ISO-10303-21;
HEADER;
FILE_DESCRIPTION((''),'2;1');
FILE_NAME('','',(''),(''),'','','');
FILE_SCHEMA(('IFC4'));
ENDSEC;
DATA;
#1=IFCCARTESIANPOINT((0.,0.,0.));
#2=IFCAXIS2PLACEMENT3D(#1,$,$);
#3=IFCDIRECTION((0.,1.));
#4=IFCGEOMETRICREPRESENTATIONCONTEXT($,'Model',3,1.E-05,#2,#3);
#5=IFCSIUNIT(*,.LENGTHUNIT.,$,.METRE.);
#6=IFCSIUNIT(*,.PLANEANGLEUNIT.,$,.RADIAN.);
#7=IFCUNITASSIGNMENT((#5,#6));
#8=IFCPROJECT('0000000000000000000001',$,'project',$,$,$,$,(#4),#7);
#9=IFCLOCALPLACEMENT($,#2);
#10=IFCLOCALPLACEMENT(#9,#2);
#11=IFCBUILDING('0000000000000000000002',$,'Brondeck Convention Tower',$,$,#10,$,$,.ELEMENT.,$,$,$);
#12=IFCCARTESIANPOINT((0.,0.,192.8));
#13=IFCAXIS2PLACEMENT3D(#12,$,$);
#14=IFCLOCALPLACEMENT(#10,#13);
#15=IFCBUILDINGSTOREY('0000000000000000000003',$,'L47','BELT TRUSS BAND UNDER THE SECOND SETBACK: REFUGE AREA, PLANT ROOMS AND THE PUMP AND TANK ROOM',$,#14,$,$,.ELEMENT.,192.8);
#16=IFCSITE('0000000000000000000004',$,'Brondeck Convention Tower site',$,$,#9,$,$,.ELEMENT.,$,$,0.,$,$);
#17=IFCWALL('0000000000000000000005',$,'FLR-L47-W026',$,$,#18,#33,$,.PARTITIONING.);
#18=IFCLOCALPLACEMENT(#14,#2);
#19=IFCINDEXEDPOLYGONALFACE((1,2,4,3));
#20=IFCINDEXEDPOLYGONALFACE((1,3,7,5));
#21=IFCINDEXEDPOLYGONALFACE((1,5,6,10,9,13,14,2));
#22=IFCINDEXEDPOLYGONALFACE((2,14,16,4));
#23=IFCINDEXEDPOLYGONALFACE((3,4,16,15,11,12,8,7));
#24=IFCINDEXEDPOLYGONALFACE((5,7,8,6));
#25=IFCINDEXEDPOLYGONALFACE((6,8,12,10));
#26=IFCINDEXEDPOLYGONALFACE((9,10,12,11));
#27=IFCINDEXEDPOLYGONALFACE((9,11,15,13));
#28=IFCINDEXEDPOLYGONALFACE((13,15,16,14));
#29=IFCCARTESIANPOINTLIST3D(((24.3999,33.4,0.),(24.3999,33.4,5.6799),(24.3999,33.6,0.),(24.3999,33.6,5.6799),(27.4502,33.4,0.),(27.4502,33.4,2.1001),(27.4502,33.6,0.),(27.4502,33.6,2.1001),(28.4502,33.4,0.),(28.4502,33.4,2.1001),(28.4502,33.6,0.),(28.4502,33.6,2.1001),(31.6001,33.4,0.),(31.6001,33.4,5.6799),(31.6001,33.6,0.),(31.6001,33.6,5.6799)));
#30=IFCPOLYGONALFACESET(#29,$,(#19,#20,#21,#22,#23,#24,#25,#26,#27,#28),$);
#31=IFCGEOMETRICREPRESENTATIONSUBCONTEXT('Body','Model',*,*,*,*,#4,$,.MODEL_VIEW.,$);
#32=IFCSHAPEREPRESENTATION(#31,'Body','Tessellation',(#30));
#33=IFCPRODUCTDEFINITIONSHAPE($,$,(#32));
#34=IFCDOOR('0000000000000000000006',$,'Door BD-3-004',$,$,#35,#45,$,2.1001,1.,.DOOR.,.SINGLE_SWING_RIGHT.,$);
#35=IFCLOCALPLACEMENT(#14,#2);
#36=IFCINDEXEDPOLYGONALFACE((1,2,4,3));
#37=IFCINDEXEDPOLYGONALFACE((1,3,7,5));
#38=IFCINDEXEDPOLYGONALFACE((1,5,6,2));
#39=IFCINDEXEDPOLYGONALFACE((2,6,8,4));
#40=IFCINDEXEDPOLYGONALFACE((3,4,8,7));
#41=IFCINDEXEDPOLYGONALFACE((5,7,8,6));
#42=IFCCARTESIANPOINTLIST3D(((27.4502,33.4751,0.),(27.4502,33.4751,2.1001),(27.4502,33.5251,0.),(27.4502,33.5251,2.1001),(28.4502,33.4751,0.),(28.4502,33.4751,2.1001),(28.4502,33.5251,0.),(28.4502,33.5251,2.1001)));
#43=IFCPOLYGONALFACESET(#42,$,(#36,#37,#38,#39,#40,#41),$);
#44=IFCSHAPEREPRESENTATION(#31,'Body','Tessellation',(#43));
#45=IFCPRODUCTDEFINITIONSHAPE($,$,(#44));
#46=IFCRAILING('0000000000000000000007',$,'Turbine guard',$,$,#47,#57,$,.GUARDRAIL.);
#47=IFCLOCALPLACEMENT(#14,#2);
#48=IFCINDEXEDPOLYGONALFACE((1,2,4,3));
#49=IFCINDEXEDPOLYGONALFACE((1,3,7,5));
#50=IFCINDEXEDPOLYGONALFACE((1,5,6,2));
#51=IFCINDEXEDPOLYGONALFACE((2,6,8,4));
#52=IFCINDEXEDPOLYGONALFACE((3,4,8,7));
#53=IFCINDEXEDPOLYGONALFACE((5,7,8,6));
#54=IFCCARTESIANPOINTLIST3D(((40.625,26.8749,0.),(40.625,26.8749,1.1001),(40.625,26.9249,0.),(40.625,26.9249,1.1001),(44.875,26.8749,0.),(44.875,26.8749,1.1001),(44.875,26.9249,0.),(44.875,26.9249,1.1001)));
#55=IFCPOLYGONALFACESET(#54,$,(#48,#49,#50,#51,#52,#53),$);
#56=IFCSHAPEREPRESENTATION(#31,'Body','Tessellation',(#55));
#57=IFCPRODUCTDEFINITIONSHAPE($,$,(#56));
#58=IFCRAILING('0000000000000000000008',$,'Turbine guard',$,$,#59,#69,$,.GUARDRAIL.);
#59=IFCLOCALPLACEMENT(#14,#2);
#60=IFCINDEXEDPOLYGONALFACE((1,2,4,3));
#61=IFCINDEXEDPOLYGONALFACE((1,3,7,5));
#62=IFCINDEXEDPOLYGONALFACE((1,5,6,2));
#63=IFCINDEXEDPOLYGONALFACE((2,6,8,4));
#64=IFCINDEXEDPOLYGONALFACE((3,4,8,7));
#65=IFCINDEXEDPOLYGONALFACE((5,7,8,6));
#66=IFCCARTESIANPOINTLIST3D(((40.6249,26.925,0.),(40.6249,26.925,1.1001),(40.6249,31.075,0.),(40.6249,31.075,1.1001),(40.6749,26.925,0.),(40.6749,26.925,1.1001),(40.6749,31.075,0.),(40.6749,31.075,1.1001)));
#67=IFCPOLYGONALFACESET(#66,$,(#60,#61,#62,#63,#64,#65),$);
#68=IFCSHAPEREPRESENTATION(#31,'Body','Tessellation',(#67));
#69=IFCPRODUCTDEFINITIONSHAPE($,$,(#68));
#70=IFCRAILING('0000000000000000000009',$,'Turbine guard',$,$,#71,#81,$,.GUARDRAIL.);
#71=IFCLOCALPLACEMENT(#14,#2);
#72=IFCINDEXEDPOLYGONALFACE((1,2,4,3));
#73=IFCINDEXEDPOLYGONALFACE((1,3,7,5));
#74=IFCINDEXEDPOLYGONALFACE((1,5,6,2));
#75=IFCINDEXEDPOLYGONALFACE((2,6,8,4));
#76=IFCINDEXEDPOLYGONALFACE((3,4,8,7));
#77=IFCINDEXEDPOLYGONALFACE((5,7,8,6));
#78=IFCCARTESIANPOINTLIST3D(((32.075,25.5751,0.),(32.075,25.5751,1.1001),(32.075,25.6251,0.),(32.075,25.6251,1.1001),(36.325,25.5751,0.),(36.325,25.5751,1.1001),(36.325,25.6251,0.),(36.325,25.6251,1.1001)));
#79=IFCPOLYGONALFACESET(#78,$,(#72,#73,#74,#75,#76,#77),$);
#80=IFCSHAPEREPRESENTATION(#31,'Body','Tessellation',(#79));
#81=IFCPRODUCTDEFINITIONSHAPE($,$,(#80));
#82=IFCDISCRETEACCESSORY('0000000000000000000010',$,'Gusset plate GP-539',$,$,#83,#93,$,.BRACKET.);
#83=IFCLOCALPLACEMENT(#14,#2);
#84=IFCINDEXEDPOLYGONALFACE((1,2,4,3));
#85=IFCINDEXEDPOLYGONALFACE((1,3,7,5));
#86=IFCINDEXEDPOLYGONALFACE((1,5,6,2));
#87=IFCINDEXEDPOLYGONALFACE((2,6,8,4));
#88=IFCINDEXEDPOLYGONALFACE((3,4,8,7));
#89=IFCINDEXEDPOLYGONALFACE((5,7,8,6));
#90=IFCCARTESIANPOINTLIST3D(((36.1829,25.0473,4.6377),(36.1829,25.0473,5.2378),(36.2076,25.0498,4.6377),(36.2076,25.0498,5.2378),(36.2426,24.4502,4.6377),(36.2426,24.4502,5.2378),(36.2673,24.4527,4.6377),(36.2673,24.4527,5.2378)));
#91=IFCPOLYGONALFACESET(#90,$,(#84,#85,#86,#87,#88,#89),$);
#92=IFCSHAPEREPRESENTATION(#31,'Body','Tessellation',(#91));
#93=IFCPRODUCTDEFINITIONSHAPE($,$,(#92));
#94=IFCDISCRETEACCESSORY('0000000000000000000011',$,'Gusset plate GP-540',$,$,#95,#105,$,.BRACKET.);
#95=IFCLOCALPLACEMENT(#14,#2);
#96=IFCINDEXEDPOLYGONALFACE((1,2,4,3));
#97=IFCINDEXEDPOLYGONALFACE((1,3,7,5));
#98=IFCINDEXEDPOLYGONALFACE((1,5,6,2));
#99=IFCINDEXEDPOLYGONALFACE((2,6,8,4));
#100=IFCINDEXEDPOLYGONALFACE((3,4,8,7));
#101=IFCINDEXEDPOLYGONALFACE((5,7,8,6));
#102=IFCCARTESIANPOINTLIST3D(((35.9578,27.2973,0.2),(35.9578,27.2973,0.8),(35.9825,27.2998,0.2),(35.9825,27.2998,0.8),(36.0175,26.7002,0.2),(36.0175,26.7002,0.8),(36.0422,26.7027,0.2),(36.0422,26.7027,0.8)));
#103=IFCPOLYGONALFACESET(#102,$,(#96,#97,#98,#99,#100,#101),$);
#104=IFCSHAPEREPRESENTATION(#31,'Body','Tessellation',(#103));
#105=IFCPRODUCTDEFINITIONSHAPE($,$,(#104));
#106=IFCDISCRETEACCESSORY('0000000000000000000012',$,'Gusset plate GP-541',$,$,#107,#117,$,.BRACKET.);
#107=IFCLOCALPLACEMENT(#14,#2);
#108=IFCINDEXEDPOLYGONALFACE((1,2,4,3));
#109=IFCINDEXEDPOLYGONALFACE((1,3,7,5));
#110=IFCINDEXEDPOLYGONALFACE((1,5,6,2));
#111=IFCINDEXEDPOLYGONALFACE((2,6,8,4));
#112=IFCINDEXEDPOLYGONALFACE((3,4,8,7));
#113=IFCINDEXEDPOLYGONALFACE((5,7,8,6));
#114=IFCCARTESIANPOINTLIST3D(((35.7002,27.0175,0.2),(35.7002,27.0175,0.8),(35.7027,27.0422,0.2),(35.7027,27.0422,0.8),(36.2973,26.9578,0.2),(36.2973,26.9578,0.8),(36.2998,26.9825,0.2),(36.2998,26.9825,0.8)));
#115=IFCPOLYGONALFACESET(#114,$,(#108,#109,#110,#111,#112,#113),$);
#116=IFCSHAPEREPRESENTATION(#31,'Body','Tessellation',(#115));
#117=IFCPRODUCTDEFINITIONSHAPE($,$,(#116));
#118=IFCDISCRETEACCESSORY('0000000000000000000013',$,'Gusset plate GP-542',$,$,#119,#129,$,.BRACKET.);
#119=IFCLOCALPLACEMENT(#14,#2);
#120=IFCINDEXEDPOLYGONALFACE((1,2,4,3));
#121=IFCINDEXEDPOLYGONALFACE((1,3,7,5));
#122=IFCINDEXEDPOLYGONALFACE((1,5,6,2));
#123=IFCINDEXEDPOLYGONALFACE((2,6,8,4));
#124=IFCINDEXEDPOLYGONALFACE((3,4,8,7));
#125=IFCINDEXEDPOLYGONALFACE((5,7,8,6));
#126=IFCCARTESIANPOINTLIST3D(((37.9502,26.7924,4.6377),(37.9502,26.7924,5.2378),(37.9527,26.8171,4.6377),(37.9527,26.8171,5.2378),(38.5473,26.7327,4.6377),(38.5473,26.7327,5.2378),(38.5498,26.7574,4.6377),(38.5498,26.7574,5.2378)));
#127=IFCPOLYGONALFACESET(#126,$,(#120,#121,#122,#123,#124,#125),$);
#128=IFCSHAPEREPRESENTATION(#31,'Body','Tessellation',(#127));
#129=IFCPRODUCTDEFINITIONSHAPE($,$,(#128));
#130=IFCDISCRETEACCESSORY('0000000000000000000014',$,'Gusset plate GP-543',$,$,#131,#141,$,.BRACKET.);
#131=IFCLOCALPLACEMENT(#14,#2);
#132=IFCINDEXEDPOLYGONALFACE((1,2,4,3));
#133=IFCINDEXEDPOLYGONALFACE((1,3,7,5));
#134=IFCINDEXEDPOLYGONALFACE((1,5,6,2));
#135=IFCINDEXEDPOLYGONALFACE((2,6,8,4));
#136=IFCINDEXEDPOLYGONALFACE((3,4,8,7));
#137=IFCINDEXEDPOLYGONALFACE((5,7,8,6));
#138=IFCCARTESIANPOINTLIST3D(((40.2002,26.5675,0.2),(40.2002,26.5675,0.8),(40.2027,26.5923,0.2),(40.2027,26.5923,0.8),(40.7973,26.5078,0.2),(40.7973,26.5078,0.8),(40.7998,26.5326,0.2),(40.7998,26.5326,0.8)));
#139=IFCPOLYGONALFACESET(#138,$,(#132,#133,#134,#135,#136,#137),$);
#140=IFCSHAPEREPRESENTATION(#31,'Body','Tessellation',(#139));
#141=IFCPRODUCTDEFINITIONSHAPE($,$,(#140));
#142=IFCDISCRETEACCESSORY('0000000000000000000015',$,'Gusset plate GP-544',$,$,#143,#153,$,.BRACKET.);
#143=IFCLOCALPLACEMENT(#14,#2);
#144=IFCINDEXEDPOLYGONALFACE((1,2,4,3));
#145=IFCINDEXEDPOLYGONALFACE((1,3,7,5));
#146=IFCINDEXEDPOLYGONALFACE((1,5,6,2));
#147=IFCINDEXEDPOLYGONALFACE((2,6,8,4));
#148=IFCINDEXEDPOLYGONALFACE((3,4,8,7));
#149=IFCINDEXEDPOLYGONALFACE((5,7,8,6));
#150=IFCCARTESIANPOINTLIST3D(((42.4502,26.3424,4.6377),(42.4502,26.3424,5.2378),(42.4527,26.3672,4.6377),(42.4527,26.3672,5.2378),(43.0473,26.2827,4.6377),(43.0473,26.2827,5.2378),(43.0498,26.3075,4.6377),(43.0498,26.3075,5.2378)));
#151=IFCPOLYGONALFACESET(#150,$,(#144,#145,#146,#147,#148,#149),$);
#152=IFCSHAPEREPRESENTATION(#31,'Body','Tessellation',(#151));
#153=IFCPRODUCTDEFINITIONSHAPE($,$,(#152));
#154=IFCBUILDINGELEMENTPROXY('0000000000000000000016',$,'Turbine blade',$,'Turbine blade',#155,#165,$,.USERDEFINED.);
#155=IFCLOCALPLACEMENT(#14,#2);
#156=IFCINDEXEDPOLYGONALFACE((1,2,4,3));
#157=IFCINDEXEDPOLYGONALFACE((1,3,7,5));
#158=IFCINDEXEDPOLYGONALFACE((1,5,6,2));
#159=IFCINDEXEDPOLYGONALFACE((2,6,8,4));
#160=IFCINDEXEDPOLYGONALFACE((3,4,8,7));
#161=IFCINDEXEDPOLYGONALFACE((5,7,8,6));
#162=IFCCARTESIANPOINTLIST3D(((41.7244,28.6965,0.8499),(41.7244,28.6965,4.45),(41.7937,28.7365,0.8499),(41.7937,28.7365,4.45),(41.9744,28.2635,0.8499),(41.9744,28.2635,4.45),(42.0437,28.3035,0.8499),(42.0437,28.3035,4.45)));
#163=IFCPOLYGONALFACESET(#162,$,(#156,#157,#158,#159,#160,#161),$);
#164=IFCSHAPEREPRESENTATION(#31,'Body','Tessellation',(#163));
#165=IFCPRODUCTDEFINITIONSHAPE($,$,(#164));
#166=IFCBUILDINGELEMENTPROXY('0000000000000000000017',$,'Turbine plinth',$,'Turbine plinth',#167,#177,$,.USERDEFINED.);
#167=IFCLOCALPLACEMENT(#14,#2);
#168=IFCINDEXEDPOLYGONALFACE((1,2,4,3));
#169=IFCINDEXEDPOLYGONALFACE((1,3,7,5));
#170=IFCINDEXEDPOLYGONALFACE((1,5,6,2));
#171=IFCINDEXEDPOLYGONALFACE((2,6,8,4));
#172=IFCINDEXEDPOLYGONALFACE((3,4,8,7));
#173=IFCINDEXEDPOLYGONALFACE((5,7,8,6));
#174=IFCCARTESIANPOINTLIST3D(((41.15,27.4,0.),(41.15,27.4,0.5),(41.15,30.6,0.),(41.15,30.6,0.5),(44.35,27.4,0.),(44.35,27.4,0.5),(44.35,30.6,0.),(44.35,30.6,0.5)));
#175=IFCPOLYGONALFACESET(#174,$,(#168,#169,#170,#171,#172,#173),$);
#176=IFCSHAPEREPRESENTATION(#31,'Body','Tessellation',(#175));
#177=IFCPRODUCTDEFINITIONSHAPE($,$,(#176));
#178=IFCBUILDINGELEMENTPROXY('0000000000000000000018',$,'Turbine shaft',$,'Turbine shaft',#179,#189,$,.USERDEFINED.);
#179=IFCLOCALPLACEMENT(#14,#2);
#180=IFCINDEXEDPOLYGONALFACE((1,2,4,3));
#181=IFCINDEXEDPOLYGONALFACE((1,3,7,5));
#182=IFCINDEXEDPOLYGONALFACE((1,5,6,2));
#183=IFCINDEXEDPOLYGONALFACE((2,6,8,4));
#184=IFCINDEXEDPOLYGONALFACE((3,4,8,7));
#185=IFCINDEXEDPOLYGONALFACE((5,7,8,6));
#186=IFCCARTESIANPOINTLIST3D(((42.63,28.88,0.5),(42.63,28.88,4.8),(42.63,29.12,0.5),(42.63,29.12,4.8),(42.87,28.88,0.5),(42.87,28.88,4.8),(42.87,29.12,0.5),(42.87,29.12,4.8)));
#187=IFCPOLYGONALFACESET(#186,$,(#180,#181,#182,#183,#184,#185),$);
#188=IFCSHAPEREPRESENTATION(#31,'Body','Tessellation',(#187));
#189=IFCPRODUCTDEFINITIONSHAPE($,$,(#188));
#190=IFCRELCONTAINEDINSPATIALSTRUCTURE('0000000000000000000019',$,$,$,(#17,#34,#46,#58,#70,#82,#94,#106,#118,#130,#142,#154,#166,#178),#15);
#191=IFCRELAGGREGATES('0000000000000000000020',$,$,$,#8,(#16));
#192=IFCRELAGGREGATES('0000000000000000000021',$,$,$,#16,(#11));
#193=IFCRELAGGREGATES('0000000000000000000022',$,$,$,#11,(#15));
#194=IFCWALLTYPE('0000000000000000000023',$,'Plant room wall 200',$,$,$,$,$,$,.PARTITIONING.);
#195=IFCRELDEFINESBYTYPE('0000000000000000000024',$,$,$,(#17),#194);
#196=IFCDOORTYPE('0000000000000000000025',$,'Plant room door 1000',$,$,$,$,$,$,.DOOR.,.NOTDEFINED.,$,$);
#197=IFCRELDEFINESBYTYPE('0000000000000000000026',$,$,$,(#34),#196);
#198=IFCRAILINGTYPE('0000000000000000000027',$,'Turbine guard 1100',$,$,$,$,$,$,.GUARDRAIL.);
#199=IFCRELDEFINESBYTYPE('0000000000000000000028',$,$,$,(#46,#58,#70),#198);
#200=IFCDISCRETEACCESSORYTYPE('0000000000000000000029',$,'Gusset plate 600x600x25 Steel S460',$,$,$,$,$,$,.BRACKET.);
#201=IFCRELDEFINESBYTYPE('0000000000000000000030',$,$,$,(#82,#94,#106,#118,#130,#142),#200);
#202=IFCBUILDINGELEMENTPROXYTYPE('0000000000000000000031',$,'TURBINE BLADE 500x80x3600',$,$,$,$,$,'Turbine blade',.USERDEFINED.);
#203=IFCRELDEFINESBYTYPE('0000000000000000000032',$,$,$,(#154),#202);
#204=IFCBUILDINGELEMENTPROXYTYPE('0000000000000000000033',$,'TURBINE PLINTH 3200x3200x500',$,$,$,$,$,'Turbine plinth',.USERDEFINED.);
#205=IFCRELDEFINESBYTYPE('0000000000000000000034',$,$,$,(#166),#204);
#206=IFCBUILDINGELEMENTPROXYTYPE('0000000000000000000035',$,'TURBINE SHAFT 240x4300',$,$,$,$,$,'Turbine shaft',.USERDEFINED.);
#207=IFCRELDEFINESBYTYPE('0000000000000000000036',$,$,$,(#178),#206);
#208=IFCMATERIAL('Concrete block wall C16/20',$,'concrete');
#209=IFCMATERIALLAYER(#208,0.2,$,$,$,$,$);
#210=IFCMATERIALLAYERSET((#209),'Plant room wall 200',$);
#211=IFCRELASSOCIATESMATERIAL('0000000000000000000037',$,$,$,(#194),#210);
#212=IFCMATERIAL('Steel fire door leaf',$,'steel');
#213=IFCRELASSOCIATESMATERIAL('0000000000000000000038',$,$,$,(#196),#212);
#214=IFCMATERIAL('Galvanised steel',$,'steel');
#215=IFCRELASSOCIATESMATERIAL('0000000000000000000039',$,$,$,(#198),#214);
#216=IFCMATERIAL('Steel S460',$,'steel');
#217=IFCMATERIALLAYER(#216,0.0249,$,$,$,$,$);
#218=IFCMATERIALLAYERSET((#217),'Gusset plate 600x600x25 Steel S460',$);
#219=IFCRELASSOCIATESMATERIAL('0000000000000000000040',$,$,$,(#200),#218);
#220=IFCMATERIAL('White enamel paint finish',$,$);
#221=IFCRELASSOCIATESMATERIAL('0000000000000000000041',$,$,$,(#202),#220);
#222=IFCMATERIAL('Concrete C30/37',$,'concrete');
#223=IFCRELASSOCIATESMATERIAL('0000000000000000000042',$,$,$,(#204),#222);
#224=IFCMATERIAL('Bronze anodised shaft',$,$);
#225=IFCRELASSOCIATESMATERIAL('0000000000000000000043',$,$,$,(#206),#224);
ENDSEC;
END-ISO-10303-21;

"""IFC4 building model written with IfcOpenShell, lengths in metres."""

from ifc_helpers import new_model, si_unit, direction, frame, frame_2d, origin, origin_2d, place, context, subcontext, project, spatial, rectangle, extrude, material, layer, layer_set, type_object, element, fill, save


model = new_model("IFC4")

# Units and contexts
model_context = context("Model", 3, precision=1e-05, world=origin(), true_north=direction((0.0, 1.0)))
body_context = subcontext(model_context, "Body", "Model", "MODEL_VIEW")
ifc_project = project(units=[si_unit("LENGTHUNIT", "METRE"), si_unit("PLANEANGLEUNIT", "RADIAN")], contexts=[model_context])

# Site, building, storey
site_placement = place(None, origin())
site = spatial("IfcSite", under=ifc_project, at=site_placement, Name="Brondeck Convention Tower site", CompositionType="ELEMENT", RefElevation=0.0)
building_placement = place(site_placement, origin())
building = spatial("IfcBuilding", under=site, at=building_placement, Name="Brondeck Convention Tower", CompositionType="ELEMENT")
storey_placement = place(building_placement, frame((0.0, 0.0, 192.8)))
storey = spatial("IfcBuildingStorey", under=building, at=storey_placement, Name="L47", Description="BELT TRUSS BAND UNDER THE SECOND SETBACK: REFUGE AREA, PLANT ROOMS AND THE PUMP AND TANK ROOM", CompositionType="ELEMENT", Elevation=192.8)

# Shared definitions
ifc_material_1 = material(Name="Steel S460", Category="steel")

# Wall, opening, door
ifc_material_2 = material(Name="Concrete block wall C16/20", Category="concrete")
ifc_layer_1 = layer(ifc_material_2, 0.2)
ifc_layer_set_1 = layer_set([ifc_layer_1], Name="Plant room wall 200")
wall_type_1 = type_object("IfcWallType", Name="Plant room wall 200", PredefinedType="PARTITIONING", material=ifc_layer_set_1)
wall_1_placement = place(storey_placement, frame((31.6001, 33.5, 0.0), z_axis=(0.0, 0.0, 1.0), x_axis=(-1.0, 0.0, 0.0)))
wall_1 = element("IfcWall", 1, at=wall_1_placement, inside=storey, type_object=wall_type_1, Name="FLR-L47-W026", PredefinedType="PARTITIONING", context=body_context, shape_type="SweptSolid", body=[
    extrude(rectangle(XDim=7.2002, YDim=0.2, at=frame_2d((3.6001, 0.0))), origin(), (0.0, 0.0, 1.0), 5.6799),
])
opening_placement = place(wall_1_placement, frame((3.1499, 0.0, 0.0)))
opening = element("IfcOpeningElement", 2, at=opening_placement, cuts=wall_1, PredefinedType="OPENING", context=body_context, shape_type="SweptSolid", body=[
    extrude(rectangle(XDim=1.0, YDim=2.1001, at=frame_2d((0.5, 1.05))), frame((0.0, 0.1099, 0.0), z_axis=(0.0, -1.0, 0.0), x_axis=(1.0, 0.0, 0.0)), (0.0, 0.0, 1.0), 0.22),
])
ifc_material_3 = material(Name="Steel fire door leaf", Category="steel")
door_type = type_object("IfcDoorType", Name="Plant room door 1000", OperationType="NOTDEFINED", PredefinedType="DOOR", material=ifc_material_3)
door_placement = place(opening_placement, origin())
door = element("IfcDoor", 3, at=door_placement, inside=storey, type_object=door_type, Name="Door BD-3-004", OperationType="SINGLE_SWING_RIGHT", OverallHeight=2.1001, OverallWidth=1.0, PredefinedType="DOOR", context=body_context, shape_type="SweptSolid", body=[
    extrude(rectangle(XDim=1.0, YDim=2.1001, at=frame_2d((0.5, 1.05))), frame((0.0, 0.0249, 0.0), z_axis=(0.0, -1.0, 0.0), x_axis=(1.0, 0.0, 0.0)), (0.0, 0.0, 1.0), 0.05),
])
fill(opening, door)

# Railings
ifc_material_4 = material(Name="Galvanised steel", Category="steel")
railing_type = type_object("IfcRailingType", Name="Turbine guard 1100", PredefinedType="GUARDRAIL", material=ifc_material_4)
railing_1_placement = place(storey_placement, frame((42.75, 26.8999, 0.0), z_axis=(0.0, 0.0, 1.0), x_axis=(1.0, 0.0, 0.0)))
element("IfcRailing", 4, at=railing_1_placement, inside=storey, type_object=railing_type, Name="Turbine guard", PredefinedType="GUARDRAIL", context=body_context, shape_type="SweptSolid", body=[
    extrude(rectangle(XDim=4.25, YDim=0.05, at=origin_2d()), origin(), (0.0, 0.0, 1.0), 1.1001),
])
railing_2_placement = place(storey_placement, frame((40.6499, 29.0, 0.0), z_axis=(0.0, 0.0, 1.0), x_axis=(1.0, 0.0, 0.0)))
element("IfcRailing", 5, at=railing_2_placement, inside=storey, type_object=railing_type, Name="Turbine guard", PredefinedType="GUARDRAIL", context=body_context, shape_type="SweptSolid", body=[
    extrude(rectangle(XDim=0.05, YDim=4.1499, at=origin_2d()), origin(), (0.0, 0.0, 1.0), 1.1001),
])
railing_3_placement = place(storey_placement, frame((34.2, 25.6001, 0.0), z_axis=(0.0, 0.0, 1.0), x_axis=(1.0, 0.0, 0.0)))
element("IfcRailing", 6, at=railing_3_placement, inside=storey, type_object=railing_type, Name="Turbine guard", PredefinedType="GUARDRAIL", context=body_context, shape_type="SweptSolid", body=[
    extrude(rectangle(XDim=4.25, YDim=0.05, at=origin_2d()), origin(), (0.0, 0.0, 1.0), 1.1001),
])

# Discrete accessories
ifc_layer_2 = layer(ifc_material_1, 0.0249)
ifc_layer_set_2 = layer_set([ifc_layer_2], Name="Gusset plate 600x600x25 Steel S460")
discrete_accessory_type = type_object("IfcDiscreteAccessoryType", Name="Gusset plate 600x600x25 Steel S460", PredefinedType="BRACKET", material=ifc_layer_set_2)
for number, where, z_axis, x_axis, name in (
    (7, (36.2251, 24.75, 4.6377), (0.0, 0.0, 1.0), (-0.099511, 0.995036, 0.0), "Gusset plate GP-539"),
    (8, (36.0, 27.0, 0.2), (0.0, 0.0, 1.0), (-0.099511, 0.995036, 0.0), "Gusset plate GP-540"),
    (9, (36.0, 27.0, 0.2), (0.0, 0.0, 1.0), (-0.995036, 0.099511, 0.0), "Gusset plate GP-541"),
    (10, (38.25, 26.7749, 4.6377), (0.0, 0.0, 1.0), (-0.995036, 0.099511, 0.0), "Gusset plate GP-542"),
    (11, (40.5, 26.55, 0.2), (0.0, 0.0, 1.0), (-0.995036, 0.099511, 0.0), "Gusset plate GP-543"),
    (12, (42.75, 26.325, 4.6377), (0.0, 0.0, 1.0), (-0.995036, 0.099511, 0.0), "Gusset plate GP-544"),
):
    element("IfcDiscreteAccessory", number, at=place(storey_placement, frame(where, z_axis=z_axis, x_axis=x_axis)), inside=storey, type_object=discrete_accessory_type, Name=name, PredefinedType="BRACKET", context=body_context, shape_type="SweptSolid", body=[
        extrude(rectangle(XDim=0.6001, YDim=0.0249, at=origin_2d()), origin(), (0.0, 0.0, 1.0), 0.6001),
    ])

# Building element proxies
ifc_material_5 = material(Name="White enamel paint finish")
building_element_proxy_type_1 = type_object("IfcBuildingElementProxyType", Name="TURBINE BLADE 500x80x3600", ElementType="Turbine blade", PredefinedType="USERDEFINED", material=ifc_material_5)
proxy_1_placement = place(storey_placement, frame((41.884, 28.5, 0.8499), z_axis=(0.0, 0.0, 1.0), x_axis=(0.5, -0.866025, 0.0)))
element("IfcBuildingElementProxy", 13, at=proxy_1_placement, inside=storey, type_object=building_element_proxy_type_1, Name="Turbine blade", ObjectType="Turbine blade", PredefinedType="USERDEFINED", context=body_context, shape_type="SweptSolid", body=[
    extrude(rectangle(XDim=0.5, YDim=0.0801, at=origin_2d()), origin(), (0.0, 0.0, 1.0), 3.6001),
])
ifc_material_6 = material(Name="Concrete C30/37", Category="concrete")
building_element_proxy_type_2 = type_object("IfcBuildingElementProxyType", Name="TURBINE PLINTH 3200x3200x500", ElementType="Turbine plinth", PredefinedType="USERDEFINED", material=ifc_material_6)
proxy_2_placement = place(storey_placement, frame((42.75, 29.0, 0.0), z_axis=(0.0, 0.0, 1.0), x_axis=(1.0, 0.0, 0.0)))
element("IfcBuildingElementProxy", 14, at=proxy_2_placement, inside=storey, type_object=building_element_proxy_type_2, Name="Turbine plinth", ObjectType="Turbine plinth", PredefinedType="USERDEFINED", context=body_context, shape_type="SweptSolid", body=[
    extrude(rectangle(XDim=3.2, YDim=3.2, at=origin_2d()), origin(), (0.0, 0.0, 1.0), 0.5),
])
ifc_material_7 = material(Name="Bronze anodised shaft")
building_element_proxy_type_3 = type_object("IfcBuildingElementProxyType", Name="TURBINE SHAFT 240x4300", ElementType="Turbine shaft", PredefinedType="USERDEFINED", material=ifc_material_7)
proxy_3_placement = place(storey_placement, frame((42.75, 29.0, 0.5), z_axis=(0.0, 0.0, 1.0), x_axis=(1.0, 0.0, 0.0)))
element("IfcBuildingElementProxy", 15, at=proxy_3_placement, inside=storey, type_object=building_element_proxy_type_3, Name="Turbine shaft", ObjectType="Turbine shaft", PredefinedType="USERDEFINED", context=body_context, shape_type="SweptSolid", body=[
    extrude(rectangle(XDim=0.24, YDim=0.24, at=origin_2d()), origin(), (0.0, 0.0, 1.0), 4.3),
])

save(model, "model.ifc")
